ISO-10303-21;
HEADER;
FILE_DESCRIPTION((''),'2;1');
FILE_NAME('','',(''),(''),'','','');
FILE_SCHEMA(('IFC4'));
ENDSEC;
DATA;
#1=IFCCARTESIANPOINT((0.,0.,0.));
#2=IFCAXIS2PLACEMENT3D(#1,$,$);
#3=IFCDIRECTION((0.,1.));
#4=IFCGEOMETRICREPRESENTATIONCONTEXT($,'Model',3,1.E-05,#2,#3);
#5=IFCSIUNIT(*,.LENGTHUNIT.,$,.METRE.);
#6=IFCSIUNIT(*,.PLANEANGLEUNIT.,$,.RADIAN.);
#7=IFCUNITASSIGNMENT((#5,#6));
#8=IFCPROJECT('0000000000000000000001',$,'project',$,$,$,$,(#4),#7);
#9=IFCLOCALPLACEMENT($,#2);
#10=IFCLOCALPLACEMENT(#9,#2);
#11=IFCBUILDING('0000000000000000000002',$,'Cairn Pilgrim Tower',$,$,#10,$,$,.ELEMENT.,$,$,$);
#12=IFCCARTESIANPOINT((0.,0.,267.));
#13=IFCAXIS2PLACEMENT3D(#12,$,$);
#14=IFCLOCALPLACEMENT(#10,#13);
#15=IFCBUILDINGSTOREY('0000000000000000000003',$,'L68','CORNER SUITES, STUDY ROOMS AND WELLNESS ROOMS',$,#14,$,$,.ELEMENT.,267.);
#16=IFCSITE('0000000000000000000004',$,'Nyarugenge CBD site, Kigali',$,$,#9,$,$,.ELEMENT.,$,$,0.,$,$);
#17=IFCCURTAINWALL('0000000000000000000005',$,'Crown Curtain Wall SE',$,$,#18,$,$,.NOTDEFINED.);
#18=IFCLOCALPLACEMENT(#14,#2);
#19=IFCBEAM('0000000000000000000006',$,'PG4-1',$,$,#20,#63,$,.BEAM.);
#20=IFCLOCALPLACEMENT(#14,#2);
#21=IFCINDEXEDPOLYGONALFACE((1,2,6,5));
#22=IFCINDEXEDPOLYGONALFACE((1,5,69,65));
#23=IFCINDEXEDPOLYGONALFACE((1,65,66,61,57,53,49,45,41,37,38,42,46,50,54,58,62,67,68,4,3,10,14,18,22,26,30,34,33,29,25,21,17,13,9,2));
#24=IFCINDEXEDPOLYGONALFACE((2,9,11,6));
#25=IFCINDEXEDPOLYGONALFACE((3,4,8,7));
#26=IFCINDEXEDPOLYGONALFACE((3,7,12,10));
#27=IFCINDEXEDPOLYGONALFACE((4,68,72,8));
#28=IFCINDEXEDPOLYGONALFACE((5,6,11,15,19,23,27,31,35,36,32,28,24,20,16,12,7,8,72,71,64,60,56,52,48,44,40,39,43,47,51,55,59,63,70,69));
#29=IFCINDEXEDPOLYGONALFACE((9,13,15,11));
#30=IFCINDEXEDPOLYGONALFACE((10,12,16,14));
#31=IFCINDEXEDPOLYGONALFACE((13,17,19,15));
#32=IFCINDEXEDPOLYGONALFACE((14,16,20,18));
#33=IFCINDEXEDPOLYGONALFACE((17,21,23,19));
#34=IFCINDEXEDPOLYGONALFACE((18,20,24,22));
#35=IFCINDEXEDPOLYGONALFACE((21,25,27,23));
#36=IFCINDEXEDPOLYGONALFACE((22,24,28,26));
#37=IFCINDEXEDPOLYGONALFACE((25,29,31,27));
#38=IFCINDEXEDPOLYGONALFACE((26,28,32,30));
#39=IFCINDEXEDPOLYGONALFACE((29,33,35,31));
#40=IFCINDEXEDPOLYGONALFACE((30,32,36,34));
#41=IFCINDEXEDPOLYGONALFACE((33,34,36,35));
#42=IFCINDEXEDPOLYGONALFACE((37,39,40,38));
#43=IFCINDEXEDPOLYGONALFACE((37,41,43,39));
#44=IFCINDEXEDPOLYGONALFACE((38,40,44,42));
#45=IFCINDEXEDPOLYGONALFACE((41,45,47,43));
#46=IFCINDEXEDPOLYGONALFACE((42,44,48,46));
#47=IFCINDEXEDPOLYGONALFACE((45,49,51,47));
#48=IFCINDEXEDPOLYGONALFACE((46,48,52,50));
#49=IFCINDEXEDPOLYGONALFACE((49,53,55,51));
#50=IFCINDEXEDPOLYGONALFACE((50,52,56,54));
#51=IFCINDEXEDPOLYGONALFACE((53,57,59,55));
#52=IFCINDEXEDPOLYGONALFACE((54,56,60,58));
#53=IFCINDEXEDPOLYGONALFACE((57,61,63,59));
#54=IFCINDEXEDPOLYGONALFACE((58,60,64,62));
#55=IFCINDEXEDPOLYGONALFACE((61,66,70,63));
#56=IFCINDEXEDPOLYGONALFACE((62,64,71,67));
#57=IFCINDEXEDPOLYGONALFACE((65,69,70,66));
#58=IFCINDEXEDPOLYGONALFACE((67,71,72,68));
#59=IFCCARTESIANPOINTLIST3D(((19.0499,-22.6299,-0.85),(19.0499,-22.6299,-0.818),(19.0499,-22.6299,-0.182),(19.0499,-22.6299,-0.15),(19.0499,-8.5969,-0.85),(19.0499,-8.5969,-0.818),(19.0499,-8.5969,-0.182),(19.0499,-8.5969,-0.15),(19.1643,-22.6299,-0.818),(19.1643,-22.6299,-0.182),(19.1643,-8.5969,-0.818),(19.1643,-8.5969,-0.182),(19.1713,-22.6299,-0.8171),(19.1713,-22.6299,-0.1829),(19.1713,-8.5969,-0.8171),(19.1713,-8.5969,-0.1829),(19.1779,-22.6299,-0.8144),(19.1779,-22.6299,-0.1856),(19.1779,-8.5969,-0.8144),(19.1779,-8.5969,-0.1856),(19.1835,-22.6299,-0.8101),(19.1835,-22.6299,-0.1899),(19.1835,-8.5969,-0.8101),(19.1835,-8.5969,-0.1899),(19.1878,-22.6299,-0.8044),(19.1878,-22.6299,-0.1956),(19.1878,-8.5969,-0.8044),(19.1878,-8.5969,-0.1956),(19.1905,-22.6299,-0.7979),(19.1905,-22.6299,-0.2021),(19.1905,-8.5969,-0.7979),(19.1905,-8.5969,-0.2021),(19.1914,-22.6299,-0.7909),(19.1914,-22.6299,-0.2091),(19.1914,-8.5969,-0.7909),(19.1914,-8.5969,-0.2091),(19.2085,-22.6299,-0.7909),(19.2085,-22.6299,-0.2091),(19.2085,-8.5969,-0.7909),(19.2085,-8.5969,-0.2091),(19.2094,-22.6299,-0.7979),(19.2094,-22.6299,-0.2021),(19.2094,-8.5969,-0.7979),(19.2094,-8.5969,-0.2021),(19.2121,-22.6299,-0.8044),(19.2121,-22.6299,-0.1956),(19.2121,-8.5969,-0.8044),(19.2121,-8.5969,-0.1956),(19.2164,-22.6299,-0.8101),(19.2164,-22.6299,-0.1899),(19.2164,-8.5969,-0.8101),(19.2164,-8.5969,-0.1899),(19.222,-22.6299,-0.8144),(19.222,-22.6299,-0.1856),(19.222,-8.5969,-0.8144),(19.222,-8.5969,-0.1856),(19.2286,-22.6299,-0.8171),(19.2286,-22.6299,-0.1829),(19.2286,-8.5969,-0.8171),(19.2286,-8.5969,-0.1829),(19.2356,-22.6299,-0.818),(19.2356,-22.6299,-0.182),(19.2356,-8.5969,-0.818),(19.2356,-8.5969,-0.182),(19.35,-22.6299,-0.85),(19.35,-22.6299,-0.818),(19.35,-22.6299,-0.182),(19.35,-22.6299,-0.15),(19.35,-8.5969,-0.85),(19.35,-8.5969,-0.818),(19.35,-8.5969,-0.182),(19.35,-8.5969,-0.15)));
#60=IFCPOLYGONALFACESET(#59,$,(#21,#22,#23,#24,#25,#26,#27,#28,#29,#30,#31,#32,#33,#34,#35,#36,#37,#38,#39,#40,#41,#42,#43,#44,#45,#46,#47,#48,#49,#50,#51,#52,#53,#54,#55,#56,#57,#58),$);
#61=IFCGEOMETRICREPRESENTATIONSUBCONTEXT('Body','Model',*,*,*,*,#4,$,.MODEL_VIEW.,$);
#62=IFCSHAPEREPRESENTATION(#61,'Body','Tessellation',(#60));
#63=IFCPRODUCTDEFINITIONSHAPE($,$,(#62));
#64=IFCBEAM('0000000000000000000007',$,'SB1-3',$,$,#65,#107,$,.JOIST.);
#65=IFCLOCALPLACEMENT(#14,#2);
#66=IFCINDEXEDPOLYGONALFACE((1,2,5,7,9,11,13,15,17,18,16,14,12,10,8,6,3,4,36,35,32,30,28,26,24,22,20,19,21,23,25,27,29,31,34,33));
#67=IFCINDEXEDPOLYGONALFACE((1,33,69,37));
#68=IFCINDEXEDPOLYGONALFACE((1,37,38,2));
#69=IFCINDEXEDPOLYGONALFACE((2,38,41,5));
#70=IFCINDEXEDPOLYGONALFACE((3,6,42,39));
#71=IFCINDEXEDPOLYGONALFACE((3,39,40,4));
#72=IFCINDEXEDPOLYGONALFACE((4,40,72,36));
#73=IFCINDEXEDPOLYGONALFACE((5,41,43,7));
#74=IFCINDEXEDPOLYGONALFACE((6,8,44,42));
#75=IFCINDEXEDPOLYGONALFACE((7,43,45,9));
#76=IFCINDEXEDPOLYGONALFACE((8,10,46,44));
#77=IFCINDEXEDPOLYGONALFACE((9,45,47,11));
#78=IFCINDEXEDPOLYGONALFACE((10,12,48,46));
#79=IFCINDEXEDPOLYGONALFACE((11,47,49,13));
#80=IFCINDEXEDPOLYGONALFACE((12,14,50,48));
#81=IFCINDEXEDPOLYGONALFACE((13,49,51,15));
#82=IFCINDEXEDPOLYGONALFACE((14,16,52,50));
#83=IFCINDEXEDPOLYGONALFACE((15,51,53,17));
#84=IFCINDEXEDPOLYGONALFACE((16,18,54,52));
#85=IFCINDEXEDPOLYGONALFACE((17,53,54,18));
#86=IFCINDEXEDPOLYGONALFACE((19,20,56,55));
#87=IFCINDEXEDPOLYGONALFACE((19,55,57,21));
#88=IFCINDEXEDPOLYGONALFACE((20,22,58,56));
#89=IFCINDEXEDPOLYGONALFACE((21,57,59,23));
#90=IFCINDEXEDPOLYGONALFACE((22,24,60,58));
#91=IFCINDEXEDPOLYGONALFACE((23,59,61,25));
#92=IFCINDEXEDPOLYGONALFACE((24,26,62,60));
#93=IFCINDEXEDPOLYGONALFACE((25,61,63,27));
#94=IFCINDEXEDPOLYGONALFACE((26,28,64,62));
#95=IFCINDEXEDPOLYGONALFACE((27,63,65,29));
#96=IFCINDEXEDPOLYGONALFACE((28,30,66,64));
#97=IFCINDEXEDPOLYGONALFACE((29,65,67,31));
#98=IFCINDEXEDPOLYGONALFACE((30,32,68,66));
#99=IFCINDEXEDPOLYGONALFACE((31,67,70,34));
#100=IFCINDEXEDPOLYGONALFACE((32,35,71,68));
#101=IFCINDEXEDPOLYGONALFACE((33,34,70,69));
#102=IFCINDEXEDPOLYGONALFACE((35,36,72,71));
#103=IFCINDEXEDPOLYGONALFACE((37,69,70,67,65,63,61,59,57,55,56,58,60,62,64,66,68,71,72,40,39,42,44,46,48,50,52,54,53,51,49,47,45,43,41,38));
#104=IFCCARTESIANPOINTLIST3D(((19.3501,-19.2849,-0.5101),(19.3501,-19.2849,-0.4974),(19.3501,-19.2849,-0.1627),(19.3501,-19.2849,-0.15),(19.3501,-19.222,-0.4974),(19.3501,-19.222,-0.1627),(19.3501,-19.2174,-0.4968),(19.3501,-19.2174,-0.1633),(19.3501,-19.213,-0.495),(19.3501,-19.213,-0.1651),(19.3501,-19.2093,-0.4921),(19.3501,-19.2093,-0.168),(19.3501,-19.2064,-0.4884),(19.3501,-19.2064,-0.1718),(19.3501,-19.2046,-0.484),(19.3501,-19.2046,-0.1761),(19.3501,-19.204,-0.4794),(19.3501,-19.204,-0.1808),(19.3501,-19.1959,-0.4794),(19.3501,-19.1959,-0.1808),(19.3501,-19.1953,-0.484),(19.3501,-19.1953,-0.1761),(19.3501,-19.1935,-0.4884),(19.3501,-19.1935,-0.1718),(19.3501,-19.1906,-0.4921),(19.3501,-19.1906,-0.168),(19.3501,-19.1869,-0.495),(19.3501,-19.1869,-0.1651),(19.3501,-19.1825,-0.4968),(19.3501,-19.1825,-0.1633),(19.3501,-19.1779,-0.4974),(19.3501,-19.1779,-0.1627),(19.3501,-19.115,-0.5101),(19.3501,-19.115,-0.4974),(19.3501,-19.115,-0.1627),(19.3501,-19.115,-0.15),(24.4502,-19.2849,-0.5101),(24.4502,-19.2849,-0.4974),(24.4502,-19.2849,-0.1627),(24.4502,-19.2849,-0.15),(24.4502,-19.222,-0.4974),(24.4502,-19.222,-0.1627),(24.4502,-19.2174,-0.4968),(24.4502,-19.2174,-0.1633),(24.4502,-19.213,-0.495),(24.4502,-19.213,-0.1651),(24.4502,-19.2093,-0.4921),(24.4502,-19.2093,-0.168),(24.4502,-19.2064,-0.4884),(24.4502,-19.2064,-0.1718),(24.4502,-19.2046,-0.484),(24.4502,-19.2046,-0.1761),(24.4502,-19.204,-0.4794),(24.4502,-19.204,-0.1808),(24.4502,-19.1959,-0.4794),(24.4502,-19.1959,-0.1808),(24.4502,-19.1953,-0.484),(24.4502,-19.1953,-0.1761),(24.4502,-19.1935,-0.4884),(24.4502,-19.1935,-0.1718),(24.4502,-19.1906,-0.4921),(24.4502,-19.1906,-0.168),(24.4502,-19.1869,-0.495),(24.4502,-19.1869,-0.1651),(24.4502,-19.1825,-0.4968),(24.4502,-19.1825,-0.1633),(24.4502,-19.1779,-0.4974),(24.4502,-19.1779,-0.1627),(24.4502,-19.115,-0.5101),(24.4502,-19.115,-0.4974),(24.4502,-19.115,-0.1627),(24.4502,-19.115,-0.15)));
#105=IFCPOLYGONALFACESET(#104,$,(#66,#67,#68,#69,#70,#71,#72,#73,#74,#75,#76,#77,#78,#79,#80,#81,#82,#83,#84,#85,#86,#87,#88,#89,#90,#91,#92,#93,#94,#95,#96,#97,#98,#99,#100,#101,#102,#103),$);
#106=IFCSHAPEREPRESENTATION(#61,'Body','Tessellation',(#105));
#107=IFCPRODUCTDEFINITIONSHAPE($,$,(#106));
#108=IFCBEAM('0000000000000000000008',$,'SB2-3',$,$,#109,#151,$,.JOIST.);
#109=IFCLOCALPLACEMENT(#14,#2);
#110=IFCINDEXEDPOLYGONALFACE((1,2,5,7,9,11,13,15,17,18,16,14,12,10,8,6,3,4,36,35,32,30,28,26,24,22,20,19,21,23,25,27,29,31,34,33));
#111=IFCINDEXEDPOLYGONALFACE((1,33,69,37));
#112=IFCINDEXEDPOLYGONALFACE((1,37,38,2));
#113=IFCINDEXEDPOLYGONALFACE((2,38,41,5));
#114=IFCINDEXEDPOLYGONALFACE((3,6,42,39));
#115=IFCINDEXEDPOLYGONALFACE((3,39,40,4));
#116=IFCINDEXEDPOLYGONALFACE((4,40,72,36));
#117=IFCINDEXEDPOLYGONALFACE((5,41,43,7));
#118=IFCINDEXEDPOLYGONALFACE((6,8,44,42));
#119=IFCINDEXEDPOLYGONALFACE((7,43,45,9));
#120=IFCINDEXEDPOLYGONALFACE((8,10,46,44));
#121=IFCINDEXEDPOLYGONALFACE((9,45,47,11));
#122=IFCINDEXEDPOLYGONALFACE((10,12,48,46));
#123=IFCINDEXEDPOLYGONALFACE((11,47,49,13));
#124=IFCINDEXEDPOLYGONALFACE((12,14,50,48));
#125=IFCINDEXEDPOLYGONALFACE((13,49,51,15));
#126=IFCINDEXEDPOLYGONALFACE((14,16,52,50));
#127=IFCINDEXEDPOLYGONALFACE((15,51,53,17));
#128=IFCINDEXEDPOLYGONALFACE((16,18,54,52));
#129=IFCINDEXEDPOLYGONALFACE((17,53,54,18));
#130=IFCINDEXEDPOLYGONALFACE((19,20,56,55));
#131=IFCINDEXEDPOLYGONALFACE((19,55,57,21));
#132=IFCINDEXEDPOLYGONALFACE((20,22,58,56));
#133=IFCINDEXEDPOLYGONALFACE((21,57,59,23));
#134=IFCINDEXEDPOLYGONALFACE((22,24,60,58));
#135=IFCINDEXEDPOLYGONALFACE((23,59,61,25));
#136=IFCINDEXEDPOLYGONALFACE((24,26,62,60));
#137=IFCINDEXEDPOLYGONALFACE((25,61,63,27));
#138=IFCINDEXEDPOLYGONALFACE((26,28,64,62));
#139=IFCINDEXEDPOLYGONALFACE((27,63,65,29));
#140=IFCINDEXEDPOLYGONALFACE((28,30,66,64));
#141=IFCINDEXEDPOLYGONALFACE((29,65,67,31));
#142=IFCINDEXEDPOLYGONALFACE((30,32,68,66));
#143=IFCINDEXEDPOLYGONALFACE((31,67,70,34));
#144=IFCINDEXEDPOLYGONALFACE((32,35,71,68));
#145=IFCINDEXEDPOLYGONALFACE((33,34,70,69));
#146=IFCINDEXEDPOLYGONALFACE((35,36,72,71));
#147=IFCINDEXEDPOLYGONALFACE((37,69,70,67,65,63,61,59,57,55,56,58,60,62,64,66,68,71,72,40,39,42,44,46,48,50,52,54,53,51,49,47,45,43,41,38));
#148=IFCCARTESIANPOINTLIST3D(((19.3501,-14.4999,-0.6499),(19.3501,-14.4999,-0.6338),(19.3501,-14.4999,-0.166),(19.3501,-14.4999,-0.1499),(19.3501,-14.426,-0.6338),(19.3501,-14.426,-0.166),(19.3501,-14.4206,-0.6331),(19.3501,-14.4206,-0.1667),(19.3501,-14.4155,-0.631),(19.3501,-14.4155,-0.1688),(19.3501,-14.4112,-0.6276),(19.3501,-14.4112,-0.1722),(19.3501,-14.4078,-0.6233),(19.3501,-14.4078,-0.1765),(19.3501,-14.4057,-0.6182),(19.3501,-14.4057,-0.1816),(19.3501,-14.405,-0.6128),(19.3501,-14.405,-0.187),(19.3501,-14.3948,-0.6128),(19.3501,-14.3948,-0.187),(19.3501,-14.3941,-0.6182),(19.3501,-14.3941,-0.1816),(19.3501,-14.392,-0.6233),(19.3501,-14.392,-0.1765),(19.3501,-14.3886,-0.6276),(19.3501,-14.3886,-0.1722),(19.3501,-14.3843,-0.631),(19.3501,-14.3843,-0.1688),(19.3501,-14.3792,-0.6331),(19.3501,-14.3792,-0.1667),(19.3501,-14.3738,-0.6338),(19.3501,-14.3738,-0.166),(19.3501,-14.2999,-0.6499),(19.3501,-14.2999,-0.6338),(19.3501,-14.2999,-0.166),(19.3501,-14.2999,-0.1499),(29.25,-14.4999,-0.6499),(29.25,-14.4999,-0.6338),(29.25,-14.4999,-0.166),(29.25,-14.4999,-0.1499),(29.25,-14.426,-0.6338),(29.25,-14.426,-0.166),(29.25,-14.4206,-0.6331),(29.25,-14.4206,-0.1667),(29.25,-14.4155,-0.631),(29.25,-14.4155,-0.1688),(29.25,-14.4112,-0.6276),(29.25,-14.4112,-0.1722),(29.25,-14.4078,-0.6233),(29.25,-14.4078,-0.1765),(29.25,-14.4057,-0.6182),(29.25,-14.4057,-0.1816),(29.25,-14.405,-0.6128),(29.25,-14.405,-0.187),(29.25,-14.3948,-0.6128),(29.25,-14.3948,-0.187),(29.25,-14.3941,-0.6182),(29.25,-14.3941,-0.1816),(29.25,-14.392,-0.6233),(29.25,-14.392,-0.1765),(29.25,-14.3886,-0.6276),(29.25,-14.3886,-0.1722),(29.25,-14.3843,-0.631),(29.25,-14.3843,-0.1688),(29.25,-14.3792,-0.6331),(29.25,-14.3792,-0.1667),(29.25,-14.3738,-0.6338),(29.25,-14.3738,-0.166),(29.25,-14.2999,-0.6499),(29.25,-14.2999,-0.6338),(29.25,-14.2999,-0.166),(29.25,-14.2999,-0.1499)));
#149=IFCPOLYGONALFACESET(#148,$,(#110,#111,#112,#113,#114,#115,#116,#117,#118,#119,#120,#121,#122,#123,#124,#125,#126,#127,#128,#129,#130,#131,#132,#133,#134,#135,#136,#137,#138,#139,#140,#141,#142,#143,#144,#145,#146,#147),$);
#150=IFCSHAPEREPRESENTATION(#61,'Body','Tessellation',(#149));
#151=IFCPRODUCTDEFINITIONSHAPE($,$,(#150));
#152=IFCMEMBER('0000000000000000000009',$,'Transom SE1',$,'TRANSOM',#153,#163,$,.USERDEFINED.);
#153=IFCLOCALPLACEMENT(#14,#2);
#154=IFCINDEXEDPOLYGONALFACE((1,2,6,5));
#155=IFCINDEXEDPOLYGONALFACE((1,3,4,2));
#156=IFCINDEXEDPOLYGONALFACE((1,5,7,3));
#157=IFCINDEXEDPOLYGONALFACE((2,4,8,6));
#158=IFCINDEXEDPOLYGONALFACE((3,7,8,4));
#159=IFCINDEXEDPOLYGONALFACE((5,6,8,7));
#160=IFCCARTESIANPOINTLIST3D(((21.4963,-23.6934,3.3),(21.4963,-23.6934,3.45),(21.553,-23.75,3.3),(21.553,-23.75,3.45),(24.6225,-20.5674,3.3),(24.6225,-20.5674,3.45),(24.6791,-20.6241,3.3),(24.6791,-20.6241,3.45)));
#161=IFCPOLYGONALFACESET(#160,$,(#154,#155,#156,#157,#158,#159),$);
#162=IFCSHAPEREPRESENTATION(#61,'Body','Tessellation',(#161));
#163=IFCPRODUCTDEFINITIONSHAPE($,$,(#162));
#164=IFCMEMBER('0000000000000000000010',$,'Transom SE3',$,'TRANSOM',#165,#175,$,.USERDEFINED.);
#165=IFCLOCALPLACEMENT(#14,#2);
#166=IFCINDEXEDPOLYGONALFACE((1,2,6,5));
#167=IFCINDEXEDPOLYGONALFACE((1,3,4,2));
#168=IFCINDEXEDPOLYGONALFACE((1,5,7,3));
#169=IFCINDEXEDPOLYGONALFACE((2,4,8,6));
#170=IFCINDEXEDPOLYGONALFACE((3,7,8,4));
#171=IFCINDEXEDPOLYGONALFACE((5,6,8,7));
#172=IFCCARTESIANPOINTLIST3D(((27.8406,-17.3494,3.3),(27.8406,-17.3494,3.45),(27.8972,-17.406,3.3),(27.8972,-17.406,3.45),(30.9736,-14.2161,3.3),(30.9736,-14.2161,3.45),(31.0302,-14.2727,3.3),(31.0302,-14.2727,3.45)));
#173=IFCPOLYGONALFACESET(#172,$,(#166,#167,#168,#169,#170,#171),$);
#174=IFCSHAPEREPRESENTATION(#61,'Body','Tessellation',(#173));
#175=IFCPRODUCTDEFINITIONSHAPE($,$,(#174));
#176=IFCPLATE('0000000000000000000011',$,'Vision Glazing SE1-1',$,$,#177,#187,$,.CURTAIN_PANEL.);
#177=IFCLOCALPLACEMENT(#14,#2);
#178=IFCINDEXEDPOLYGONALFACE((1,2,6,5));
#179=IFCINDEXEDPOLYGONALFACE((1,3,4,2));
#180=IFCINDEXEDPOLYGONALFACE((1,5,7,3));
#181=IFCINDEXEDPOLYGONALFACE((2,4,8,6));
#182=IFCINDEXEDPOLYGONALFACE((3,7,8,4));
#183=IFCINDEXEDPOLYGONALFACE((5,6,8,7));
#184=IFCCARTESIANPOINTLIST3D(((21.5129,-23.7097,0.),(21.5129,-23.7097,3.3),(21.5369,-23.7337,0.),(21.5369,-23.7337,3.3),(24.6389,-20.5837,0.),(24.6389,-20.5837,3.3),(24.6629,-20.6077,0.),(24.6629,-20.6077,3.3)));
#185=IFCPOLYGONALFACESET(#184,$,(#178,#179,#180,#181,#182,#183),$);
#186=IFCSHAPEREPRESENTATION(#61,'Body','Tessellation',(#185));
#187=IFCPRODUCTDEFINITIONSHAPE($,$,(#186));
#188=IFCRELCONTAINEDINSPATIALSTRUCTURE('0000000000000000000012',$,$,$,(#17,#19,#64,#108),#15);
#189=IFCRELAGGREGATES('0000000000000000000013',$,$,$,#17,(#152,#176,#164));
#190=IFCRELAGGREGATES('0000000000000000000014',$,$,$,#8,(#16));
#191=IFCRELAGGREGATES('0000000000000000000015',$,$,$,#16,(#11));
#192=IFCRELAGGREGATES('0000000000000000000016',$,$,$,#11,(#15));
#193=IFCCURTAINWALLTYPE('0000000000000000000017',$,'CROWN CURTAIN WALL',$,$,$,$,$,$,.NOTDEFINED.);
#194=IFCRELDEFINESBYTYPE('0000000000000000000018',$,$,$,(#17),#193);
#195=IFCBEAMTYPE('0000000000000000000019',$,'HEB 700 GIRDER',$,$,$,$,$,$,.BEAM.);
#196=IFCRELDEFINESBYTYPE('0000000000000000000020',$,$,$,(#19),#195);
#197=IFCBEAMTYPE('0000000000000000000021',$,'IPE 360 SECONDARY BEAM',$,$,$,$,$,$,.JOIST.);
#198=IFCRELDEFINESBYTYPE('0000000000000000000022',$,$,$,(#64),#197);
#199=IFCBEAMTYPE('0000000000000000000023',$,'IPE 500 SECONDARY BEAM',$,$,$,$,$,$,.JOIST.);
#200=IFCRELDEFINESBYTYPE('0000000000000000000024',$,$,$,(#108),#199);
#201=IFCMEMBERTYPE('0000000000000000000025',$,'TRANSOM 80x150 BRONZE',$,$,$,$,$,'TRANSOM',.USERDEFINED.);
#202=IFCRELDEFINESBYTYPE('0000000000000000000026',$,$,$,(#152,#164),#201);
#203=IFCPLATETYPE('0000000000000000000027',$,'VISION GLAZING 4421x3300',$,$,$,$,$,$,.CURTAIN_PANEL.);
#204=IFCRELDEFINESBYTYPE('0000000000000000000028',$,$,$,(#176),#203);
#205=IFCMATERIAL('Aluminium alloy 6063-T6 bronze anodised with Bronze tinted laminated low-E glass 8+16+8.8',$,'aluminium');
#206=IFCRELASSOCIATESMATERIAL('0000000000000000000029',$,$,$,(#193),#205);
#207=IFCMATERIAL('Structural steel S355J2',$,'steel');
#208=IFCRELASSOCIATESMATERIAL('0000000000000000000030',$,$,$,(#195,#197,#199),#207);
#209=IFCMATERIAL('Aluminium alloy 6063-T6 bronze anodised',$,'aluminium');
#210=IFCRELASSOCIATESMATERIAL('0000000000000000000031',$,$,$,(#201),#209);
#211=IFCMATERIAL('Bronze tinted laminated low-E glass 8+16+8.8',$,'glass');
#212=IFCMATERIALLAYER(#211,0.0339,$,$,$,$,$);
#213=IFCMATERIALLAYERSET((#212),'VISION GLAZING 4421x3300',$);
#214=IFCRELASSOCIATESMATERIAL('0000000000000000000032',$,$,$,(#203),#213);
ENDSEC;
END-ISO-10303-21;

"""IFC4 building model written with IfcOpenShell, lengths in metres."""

from ifc_helpers import new_model, si_unit, direction, frame, origin, origin_2d, place, context, subcontext, project, spatial, rectangle, i_section, extrude, material, layer, layer_set, material_profile, profile_set, type_object, element, aggregate, save


model = new_model("IFC4")

# Units and contexts
model_context = context("Model", 3, precision=1e-05, world=origin(), true_north=direction((0.0, 1.0)))
body_context = subcontext(model_context, "Body", "Model", "MODEL_VIEW")
ifc_project = project(units=[si_unit("LENGTHUNIT", "METRE"), si_unit("PLANEANGLEUNIT", "RADIAN")], contexts=[model_context])

# Site, building, storey
site_placement = place(None, origin())
site = spatial("IfcSite", under=ifc_project, at=site_placement, Name="Nyarugenge CBD site, Kigali", CompositionType="ELEMENT", RefElevation=0.0)
building_placement = place(site_placement, origin())
building = spatial("IfcBuilding", under=site, at=building_placement, Name="Cairn Pilgrim Tower", CompositionType="ELEMENT")
storey_placement = place(building_placement, frame((0.0, 0.0, 267.0)))
storey = spatial("IfcBuildingStorey", under=building, at=storey_placement, Name="L68", Description="CORNER SUITES, STUDY ROOMS AND WELLNESS ROOMS", CompositionType="ELEMENT", Elevation=267.0)

# Shared definitions
ifc_material_1 = material(Name="Structural steel S355J2", Category="steel")

# Shared definitions
ifc_material_2 = material(Name="Aluminium alloy 6063-T6 bronze anodised with Bronze tinted laminated low-E glass 8+16+8.8", Category="aluminium")
curtain_wall_type = type_object("IfcCurtainWallType", Name="CROWN CURTAIN WALL", PredefinedType="NOTDEFINED", material=ifc_material_2)
ifc_material_3 = material(Name="Aluminium alloy 6063-T6 bronze anodised", Category="aluminium")

# Curtain wall
curtain_wall_1_placement = place(storey_placement, origin())
curtain_wall_1 = element("IfcCurtainWall", 1, at=curtain_wall_1_placement, inside=storey, type_object=curtain_wall_type, Name="Crown Curtain Wall SE", PredefinedType="NOTDEFINED")

# Beams
ifc_material_profile_1 = material_profile(ifc_material_1, i_section(OverallWidth=0.3, OverallDepth=0.7, WebThickness=0.0171, FlangeThickness=0.032, FilletRadius=0.0271, at=origin_2d()), Name="HEB 700")
ifc_profile_set_1 = profile_set([ifc_material_profile_1], Name="Structural steel S355J2")
beam_type_1 = type_object("IfcBeamType", Name="HEB 700 GIRDER", PredefinedType="BEAM", material=ifc_profile_set_1)
beam_1_placement = place(storey_placement, frame((19.2, -22.6299, -0.5), z_axis=(0.0, 1.0, 0.0), x_axis=(-1.0, 0.0, 0.0)))
element("IfcBeam", 2, at=beam_1_placement, inside=storey, type_object=beam_type_1, Name="PG4-1", PredefinedType="BEAM", context=body_context, shape_type="SweptSolid", body=[
    extrude(i_section(OverallWidth=0.3, OverallDepth=0.7, WebThickness=0.0171, FlangeThickness=0.032, FilletRadius=0.0271, at=origin_2d()), origin(), (0.0, 0.0, 1.0), 14.033),
])
ifc_material_profile_2 = material_profile(ifc_material_1, i_section(OverallWidth=0.1699, OverallDepth=0.3601, WebThickness=0.0081, FlangeThickness=0.0127, FilletRadius=0.0181, at=origin_2d()), Name="IPE 360")
ifc_profile_set_2 = profile_set([ifc_material_profile_2], Name="Structural steel S355J2")
beam_type_2 = type_object("IfcBeamType", Name="IPE 360 SECONDARY BEAM", PredefinedType="JOIST", material=ifc_profile_set_2)
beam_2_placement = place(storey_placement, frame((19.3501, -19.2, -0.3301), z_axis=(1.0, 0.0, 0.0), x_axis=(0.0, 1.0, 0.0)))
element("IfcBeam", 3, at=beam_2_placement, inside=storey, type_object=beam_type_2, Name="SB1-3", PredefinedType="JOIST", context=body_context, shape_type="SweptSolid", body=[
    extrude(i_section(OverallWidth=0.1699, OverallDepth=0.3601, WebThickness=0.0081, FlangeThickness=0.0127, FilletRadius=0.0181, at=origin_2d()), origin(), (0.0, 0.0, 1.0), 5.1001),
])
ifc_material_profile_3 = material_profile(ifc_material_1, i_section(OverallWidth=0.2, OverallDepth=0.5, WebThickness=0.0103, FlangeThickness=0.0161, FilletRadius=0.021, at=origin_2d()), Name="IPE 500")
ifc_profile_set_3 = profile_set([ifc_material_profile_3], Name="Structural steel S355J2")
beam_type_3 = type_object("IfcBeamType", Name="IPE 500 SECONDARY BEAM", PredefinedType="JOIST", material=ifc_profile_set_3)
beam_3_placement = place(storey_placement, frame((19.3501, -14.3999, -0.3999), z_axis=(1.0, 0.0, 0.0), x_axis=(0.0, 1.0, 0.0)))
element("IfcBeam", 4, at=beam_3_placement, inside=storey, type_object=beam_type_3, Name="SB2-3", PredefinedType="JOIST", context=body_context, shape_type="SweptSolid", body=[
    extrude(i_section(OverallWidth=0.2, OverallDepth=0.5, WebThickness=0.0103, FlangeThickness=0.0161, FilletRadius=0.021, at=origin_2d()), origin(), (0.0, 0.0, 1.0), 9.8999),
])

# Members
ifc_material_profile_4 = material_profile(ifc_material_3, rectangle(XDim=0.0801, YDim=0.1499, at=origin_2d()), Name="TRANSOM 80x150 BRONZE")
ifc_profile_set_4 = profile_set([ifc_material_profile_4], Name="Aluminium alloy 6063-T6 bronze anodised")
member_type_1 = type_object("IfcMemberType", Name="TRANSOM 80x150 BRONZE", ElementType="TRANSOM", PredefinedType="USERDEFINED", material=ifc_profile_set_4)
member_1_placement = place(storey_placement, frame((21.5247, -23.7217, 3.375), z_axis=(0.707134, 0.707079, 0.0), x_axis=(-0.707079, 0.707134, 0.0)))
member_1 = element("IfcMember", 5, at=member_1_placement, type_object=member_type_1, Name="Transom SE1", ObjectType="TRANSOM", PredefinedType="USERDEFINED", context=body_context, shape_type="SweptSolid", body=[
    extrude(rectangle(XDim=0.0801, YDim=0.1499, at=origin_2d()), origin(), (0.0, 0.0, 1.0), 4.4209),
])
member_2_placement = place(storey_placement, frame((27.8689, -17.3777, 3.375), z_axis=(0.707079, 0.707134, 0.0), x_axis=(-0.707134, 0.707079, 0.0)))
member_2 = element("IfcMember", 6, at=member_2_placement, type_object=member_type_1, Name="Transom SE3", ObjectType="TRANSOM", PredefinedType="USERDEFINED", context=body_context, shape_type="SweptSolid", body=[
    extrude(rectangle(XDim=0.0801, YDim=0.1499, at=origin_2d()), origin(), (0.0, 0.0, 1.0), 4.4309),
])

# Plate
ifc_material_4 = material(Name="Bronze tinted laminated low-E glass 8+16+8.8", Category="glass")
ifc_layer_1 = layer(ifc_material_4, 0.0339)
ifc_layer_set_1 = layer_set([ifc_layer_1], Name="VISION GLAZING 4421x3300")
plate_type_1 = type_object("IfcPlateType", Name="VISION GLAZING 4421x3300", PredefinedType="CURTAIN_PANEL", material=ifc_layer_set_1)
plate_1_placement = place(storey_placement, frame((23.0879, -22.1587, 0.0), z_axis=(0.0, 0.0, 1.0), x_axis=(0.707107, 0.707107, 0.0)))
plate_1 = element("IfcPlate", 7, at=plate_1_placement, type_object=plate_type_1, Name="Vision Glazing SE1-1", PredefinedType="CURTAIN_PANEL", context=body_context, shape_type="SweptSolid", body=[
    extrude(rectangle(XDim=4.4209, YDim=0.0339, at=origin_2d()), origin(), (0.0, 0.0, 1.0), 3.3),
])
aggregate(curtain_wall_1, [member_1, plate_1, member_2])

save(model, "model.ifc")
